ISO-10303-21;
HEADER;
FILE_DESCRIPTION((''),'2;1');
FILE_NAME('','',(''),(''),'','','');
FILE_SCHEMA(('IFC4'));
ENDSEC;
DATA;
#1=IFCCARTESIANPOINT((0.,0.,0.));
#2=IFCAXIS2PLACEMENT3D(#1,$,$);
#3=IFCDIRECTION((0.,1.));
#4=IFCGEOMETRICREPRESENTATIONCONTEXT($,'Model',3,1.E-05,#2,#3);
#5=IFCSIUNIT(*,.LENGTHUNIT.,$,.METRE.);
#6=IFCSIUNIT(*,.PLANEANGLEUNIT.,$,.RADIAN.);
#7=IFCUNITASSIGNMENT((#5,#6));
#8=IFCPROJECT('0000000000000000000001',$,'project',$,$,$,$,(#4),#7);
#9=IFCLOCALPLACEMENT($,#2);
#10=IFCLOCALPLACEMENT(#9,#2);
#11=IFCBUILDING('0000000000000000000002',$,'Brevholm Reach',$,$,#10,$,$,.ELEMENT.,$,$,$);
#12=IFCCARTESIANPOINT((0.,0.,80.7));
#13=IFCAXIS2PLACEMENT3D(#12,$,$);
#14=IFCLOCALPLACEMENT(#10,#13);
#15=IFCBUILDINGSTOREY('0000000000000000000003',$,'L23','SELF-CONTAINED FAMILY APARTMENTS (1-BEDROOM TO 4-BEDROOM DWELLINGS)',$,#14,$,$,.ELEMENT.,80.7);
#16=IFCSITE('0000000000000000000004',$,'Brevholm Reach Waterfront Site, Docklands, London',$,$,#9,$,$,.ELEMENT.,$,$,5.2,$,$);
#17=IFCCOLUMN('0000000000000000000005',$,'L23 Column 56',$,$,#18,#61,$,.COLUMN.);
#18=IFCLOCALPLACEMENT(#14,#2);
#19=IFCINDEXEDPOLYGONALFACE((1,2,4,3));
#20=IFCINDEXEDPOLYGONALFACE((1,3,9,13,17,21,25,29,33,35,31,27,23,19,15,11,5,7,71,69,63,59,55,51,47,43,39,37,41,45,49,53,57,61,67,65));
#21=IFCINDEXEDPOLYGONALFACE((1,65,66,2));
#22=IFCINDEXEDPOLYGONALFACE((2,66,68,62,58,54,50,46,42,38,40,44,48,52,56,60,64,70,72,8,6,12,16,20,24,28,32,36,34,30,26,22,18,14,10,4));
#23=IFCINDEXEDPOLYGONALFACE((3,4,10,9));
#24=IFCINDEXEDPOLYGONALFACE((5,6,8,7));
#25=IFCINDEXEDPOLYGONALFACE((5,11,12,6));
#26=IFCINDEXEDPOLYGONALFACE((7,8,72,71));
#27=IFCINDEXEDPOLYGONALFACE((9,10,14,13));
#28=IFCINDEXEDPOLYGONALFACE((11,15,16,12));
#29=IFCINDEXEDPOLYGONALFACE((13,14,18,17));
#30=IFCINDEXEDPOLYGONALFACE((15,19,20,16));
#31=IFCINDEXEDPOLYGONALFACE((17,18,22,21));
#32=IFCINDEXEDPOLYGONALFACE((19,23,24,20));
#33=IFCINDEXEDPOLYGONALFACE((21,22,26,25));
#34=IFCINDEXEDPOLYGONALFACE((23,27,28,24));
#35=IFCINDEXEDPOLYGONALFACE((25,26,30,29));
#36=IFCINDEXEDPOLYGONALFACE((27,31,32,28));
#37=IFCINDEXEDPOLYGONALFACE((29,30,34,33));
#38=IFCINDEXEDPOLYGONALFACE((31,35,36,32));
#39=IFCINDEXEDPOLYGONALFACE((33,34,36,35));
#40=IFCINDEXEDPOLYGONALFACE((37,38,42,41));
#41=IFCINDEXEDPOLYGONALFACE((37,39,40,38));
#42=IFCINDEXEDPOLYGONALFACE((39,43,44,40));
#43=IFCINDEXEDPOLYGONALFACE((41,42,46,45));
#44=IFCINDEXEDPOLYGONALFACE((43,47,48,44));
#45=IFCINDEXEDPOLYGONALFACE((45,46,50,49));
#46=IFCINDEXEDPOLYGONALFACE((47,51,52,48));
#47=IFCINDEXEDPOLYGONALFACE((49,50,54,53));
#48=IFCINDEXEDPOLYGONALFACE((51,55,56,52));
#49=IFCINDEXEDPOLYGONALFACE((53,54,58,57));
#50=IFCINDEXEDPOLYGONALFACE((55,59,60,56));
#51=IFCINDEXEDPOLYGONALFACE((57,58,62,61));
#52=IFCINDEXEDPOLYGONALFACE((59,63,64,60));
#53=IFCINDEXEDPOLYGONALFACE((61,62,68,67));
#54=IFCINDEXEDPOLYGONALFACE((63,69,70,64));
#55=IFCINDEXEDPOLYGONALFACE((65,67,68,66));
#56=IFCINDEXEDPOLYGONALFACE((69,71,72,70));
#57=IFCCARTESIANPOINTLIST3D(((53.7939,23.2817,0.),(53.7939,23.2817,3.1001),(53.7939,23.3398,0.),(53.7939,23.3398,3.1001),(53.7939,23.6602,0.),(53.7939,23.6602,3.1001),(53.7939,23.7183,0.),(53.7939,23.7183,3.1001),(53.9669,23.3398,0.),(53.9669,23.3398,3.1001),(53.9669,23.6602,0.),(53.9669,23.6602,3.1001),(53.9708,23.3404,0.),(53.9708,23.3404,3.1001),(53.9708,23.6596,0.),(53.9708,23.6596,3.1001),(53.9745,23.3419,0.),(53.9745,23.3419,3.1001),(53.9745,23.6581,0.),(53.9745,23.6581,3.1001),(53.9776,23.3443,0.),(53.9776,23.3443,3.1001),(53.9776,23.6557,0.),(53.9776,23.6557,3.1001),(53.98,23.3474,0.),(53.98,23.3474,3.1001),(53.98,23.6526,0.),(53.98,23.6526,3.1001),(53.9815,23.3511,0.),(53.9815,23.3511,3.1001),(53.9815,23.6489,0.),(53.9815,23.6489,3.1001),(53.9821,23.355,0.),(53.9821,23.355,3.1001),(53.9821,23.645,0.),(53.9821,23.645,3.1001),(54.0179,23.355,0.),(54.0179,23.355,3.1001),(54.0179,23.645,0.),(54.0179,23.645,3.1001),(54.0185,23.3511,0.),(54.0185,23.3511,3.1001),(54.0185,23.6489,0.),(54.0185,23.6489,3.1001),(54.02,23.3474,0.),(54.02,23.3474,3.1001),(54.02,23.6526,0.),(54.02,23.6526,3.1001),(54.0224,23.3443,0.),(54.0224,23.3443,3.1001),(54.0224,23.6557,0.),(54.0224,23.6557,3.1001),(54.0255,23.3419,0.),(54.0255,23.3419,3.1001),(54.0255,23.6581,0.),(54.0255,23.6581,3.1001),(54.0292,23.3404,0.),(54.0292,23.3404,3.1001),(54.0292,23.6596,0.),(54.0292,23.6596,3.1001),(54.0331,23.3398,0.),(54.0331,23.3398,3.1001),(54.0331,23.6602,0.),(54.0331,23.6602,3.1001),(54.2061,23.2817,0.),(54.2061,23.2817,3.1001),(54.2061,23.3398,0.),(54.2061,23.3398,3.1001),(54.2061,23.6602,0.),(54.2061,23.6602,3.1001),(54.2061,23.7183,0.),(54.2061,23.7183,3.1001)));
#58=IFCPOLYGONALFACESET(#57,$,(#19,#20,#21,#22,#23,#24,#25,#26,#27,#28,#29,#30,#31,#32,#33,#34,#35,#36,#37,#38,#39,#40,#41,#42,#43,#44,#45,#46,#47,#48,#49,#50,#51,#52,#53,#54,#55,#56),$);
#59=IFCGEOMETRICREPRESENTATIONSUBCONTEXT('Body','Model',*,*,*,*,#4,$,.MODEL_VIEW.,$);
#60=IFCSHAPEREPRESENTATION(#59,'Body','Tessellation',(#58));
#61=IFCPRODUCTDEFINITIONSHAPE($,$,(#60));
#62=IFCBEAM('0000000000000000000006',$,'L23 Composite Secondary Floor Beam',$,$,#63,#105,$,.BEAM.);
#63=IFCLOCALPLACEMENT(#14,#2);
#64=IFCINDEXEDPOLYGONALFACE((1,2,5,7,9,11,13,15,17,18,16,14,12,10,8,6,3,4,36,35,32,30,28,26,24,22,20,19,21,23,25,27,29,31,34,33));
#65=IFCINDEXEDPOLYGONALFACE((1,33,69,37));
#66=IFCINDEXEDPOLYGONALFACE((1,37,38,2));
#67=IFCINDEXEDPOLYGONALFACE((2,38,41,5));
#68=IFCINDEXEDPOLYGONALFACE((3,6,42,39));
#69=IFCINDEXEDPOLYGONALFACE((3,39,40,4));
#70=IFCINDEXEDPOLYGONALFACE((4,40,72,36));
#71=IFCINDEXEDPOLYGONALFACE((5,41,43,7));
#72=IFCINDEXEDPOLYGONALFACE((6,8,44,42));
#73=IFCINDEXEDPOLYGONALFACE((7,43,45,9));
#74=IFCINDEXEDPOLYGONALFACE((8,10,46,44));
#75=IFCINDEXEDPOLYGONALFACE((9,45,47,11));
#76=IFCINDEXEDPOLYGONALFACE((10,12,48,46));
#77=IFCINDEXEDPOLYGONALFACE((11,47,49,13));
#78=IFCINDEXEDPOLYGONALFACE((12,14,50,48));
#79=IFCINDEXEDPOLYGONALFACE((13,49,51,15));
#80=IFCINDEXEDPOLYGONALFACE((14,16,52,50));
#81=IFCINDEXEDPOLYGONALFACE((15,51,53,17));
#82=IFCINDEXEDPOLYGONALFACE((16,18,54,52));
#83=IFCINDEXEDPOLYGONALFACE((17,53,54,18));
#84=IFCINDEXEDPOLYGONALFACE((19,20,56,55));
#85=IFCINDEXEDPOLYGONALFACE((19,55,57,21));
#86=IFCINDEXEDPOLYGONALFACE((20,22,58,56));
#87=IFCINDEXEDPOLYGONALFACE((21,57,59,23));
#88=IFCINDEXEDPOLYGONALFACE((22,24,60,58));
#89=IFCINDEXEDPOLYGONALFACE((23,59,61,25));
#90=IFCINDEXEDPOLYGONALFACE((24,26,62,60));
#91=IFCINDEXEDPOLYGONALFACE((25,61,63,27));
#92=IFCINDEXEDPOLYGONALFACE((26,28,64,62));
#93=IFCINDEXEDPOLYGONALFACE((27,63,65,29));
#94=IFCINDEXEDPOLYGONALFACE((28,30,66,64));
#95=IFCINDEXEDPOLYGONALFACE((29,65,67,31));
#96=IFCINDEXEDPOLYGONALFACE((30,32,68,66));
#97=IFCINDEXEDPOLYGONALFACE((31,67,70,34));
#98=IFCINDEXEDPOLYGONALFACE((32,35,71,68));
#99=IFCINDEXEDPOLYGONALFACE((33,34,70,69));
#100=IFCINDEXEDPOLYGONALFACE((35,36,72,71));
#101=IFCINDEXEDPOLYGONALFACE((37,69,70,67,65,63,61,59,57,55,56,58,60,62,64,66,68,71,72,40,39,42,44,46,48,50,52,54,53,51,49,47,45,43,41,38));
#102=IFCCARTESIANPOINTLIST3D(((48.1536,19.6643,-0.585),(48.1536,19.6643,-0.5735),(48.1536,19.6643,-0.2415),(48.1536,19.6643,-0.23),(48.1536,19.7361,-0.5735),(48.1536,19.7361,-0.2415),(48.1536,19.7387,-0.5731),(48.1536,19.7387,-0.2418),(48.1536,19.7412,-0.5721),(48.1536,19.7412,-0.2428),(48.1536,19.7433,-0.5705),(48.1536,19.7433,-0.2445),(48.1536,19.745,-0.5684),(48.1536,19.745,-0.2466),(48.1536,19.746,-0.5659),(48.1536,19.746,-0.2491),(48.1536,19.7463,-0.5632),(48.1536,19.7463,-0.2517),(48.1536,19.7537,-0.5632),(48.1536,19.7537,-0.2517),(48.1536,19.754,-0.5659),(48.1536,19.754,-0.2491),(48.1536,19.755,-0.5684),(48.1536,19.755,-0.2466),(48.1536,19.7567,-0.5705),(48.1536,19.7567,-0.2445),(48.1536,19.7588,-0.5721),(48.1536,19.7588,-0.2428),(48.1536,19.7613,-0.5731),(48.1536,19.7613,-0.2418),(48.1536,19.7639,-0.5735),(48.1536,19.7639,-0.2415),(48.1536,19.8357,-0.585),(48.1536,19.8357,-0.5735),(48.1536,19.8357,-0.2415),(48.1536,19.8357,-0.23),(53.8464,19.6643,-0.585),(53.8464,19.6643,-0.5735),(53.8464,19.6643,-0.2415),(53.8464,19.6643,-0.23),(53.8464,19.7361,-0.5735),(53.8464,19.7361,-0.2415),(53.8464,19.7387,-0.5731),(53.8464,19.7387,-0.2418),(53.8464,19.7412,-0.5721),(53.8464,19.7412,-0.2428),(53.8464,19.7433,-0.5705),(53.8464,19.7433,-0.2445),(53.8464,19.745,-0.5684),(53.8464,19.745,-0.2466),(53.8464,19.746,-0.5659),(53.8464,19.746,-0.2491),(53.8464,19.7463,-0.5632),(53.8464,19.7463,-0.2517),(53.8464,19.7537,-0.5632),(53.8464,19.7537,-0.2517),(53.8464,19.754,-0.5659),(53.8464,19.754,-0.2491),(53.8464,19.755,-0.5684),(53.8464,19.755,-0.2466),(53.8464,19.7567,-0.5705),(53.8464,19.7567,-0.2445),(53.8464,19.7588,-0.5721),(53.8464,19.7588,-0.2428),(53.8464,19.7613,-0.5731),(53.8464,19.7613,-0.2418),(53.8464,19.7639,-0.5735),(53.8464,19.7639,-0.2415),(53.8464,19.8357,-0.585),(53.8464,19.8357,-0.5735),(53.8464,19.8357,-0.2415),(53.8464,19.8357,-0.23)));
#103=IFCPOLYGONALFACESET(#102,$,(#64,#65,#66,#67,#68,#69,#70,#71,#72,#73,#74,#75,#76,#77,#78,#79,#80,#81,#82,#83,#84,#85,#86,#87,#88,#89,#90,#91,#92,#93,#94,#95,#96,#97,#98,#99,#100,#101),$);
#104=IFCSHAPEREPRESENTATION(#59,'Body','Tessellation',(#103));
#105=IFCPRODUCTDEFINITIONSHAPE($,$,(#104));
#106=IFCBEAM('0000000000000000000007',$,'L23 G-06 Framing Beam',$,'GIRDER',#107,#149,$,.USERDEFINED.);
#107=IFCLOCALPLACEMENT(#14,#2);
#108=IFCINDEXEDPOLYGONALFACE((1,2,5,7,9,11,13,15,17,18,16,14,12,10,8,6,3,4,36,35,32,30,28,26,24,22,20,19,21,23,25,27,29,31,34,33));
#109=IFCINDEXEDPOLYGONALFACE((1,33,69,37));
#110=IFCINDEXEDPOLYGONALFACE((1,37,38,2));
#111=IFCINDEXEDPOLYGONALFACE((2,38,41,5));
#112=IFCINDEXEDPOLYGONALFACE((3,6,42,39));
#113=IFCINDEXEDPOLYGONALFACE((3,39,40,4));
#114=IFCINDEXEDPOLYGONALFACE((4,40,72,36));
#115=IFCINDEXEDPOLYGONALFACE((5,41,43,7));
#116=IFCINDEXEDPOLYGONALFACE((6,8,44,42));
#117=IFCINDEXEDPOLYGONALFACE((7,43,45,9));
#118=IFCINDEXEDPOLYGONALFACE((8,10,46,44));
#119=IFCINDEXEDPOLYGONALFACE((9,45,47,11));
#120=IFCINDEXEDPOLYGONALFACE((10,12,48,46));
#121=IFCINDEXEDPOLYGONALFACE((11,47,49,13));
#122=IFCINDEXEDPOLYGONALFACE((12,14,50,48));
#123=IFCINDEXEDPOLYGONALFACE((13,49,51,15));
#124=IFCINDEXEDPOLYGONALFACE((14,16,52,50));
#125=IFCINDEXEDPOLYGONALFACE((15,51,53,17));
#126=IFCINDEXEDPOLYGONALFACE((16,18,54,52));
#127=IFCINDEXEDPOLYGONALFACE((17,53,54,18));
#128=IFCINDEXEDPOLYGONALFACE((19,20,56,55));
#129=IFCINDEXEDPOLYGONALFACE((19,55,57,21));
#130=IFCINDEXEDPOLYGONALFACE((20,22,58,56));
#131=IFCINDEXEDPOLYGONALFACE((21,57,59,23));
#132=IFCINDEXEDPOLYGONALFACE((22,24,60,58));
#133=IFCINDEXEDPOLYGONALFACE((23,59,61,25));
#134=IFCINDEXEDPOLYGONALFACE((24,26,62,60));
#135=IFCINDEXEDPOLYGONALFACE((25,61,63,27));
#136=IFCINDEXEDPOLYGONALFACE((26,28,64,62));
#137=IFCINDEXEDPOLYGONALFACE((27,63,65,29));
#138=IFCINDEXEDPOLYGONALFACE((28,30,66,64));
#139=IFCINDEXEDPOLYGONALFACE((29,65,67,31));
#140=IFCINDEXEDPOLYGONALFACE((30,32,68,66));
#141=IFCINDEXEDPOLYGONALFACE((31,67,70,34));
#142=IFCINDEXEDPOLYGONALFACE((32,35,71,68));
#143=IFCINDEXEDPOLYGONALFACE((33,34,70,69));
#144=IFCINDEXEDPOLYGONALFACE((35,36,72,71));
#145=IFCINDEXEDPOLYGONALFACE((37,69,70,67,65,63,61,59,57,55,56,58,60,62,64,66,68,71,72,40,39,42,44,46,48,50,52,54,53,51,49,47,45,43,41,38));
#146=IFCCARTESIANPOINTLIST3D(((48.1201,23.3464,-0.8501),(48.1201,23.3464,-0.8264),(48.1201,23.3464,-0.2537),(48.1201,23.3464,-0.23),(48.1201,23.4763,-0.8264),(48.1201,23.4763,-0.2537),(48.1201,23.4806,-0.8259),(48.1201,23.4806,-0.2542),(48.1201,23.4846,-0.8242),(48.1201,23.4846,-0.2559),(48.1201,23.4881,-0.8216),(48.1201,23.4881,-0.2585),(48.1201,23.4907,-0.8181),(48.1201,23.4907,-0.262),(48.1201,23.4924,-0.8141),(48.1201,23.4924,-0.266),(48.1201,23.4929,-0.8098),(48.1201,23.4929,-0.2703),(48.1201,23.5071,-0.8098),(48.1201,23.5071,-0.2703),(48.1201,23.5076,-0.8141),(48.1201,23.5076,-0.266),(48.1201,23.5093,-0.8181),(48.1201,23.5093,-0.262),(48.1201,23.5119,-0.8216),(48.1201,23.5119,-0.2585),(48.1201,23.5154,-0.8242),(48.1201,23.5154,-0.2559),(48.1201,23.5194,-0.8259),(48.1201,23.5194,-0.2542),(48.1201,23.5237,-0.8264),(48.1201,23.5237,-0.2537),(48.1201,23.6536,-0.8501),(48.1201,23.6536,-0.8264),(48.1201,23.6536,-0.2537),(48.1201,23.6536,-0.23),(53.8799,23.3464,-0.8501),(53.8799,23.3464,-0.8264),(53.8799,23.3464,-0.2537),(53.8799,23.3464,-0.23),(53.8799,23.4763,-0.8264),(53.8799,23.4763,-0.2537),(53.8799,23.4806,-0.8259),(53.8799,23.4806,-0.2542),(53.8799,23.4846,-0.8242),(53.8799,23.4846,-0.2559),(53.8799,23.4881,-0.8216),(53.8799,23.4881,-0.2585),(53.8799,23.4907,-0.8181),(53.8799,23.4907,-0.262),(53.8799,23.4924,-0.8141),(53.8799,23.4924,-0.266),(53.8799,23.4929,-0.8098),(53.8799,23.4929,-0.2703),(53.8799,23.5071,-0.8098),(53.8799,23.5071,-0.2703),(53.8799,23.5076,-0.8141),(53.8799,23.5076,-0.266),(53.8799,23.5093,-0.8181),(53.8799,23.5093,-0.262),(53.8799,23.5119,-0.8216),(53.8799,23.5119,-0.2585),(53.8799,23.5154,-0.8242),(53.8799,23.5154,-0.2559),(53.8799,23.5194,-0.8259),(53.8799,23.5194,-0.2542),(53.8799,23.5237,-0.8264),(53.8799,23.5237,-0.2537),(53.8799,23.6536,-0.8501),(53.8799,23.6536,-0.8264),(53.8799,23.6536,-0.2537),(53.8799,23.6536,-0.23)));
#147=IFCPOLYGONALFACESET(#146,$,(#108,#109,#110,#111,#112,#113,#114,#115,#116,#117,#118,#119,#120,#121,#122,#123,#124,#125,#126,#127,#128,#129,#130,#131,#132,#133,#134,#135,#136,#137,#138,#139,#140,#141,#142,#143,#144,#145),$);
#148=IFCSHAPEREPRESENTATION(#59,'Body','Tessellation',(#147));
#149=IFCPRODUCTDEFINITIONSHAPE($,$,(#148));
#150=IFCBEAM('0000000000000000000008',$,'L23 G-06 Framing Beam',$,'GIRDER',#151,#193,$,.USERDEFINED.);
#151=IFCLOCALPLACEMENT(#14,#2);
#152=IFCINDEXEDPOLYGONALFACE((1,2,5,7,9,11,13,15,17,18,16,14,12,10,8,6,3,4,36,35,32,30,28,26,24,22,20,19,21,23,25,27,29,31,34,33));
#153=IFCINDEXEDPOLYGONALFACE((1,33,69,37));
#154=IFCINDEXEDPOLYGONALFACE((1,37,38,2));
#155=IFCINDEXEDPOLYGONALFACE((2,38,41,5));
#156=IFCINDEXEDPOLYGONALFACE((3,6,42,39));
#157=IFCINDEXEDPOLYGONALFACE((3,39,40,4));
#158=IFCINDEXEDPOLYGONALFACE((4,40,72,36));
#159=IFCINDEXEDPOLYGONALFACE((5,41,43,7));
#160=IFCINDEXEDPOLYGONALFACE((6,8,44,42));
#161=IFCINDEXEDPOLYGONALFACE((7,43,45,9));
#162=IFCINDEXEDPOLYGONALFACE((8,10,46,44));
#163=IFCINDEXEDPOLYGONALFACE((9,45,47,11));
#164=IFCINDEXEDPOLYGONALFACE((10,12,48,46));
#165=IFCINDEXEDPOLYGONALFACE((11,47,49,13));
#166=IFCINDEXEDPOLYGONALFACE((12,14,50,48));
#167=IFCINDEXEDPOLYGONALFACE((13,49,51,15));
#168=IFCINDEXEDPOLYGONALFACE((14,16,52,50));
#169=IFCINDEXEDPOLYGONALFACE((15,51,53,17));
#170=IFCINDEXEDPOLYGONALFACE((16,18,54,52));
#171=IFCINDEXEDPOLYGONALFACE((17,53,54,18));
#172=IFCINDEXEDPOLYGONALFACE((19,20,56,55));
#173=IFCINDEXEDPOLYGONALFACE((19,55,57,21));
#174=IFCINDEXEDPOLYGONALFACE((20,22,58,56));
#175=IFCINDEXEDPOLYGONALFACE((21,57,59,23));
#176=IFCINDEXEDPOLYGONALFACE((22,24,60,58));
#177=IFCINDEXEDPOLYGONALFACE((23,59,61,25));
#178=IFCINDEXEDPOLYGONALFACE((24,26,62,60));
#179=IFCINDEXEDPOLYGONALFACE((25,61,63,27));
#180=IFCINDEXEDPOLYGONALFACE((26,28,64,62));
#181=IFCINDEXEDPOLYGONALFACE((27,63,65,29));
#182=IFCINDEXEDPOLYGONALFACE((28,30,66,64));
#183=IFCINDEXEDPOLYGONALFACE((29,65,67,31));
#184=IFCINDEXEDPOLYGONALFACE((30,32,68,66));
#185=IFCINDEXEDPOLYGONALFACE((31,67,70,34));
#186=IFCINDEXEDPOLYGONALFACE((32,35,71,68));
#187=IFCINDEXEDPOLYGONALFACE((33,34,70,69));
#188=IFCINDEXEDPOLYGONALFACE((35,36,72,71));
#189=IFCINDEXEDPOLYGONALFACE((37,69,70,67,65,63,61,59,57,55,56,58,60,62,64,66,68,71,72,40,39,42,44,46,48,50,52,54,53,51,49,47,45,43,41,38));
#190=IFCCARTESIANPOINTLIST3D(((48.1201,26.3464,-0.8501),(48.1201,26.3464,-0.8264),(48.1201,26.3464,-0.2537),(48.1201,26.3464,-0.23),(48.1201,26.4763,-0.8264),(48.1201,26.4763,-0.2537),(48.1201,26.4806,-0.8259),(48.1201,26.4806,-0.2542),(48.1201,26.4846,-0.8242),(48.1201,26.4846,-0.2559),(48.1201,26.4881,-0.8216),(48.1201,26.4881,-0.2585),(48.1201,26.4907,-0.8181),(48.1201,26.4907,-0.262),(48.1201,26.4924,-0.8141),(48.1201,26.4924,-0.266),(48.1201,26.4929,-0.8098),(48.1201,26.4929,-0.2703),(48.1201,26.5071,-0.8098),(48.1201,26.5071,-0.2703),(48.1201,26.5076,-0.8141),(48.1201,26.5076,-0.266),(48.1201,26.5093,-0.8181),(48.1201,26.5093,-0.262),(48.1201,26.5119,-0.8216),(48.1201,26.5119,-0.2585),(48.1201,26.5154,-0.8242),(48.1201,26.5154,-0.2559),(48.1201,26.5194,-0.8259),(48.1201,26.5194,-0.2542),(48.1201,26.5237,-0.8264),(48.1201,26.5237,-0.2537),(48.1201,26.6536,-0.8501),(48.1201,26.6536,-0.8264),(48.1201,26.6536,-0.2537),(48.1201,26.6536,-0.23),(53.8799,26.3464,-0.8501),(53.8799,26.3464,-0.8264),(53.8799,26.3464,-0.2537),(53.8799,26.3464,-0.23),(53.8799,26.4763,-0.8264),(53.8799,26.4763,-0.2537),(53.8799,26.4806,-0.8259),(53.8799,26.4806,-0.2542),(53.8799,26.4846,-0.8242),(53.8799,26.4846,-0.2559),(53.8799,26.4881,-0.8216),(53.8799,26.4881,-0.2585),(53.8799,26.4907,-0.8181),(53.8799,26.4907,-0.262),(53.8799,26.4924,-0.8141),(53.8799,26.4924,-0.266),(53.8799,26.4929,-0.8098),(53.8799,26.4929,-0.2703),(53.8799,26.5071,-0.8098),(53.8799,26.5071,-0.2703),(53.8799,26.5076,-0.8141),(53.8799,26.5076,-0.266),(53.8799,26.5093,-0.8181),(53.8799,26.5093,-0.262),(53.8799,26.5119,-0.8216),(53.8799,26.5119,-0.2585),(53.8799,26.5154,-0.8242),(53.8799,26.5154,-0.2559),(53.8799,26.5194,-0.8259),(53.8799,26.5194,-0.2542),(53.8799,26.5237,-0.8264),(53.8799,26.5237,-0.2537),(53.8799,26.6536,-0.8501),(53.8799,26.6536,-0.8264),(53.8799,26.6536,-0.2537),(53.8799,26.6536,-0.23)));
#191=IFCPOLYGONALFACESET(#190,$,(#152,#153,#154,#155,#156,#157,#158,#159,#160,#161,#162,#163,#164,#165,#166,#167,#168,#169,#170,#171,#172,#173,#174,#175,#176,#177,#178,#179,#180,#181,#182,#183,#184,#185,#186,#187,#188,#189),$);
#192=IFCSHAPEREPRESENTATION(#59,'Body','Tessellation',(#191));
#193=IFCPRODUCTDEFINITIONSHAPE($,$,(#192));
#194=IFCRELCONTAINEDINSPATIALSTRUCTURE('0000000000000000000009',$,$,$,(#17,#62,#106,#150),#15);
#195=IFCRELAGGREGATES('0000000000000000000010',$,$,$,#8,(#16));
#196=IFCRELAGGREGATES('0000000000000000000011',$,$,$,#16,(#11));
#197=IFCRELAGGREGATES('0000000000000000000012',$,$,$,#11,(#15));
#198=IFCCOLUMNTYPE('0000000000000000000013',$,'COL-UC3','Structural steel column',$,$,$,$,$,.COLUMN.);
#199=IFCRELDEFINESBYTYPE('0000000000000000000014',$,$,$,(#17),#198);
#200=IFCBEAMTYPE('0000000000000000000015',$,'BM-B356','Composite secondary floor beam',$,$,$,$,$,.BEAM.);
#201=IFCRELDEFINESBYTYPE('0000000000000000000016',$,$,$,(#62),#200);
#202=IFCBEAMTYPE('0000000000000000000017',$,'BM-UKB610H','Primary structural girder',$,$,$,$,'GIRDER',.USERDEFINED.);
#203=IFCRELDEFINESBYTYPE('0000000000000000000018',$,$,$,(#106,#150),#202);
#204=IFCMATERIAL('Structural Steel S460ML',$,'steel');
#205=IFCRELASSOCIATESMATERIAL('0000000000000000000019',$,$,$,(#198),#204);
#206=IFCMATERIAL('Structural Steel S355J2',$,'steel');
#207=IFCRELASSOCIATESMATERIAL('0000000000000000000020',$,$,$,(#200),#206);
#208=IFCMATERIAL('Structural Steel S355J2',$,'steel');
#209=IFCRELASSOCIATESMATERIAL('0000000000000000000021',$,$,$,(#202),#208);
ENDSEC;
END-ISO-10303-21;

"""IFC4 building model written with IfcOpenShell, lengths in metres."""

from ifc_helpers import new_model, si_unit, direction, frame, origin, origin_2d, place, context, subcontext, project, spatial, i_section, extrude, material, material_profile, profile_set, type_object, element, save


model = new_model("IFC4")

# Units and contexts
model_context = context("Model", 3, precision=1e-05, world=origin(), true_north=direction((0.0, 1.0)))
body_context = subcontext(model_context, "Body", "Model", "MODEL_VIEW")
ifc_project = project(units=[si_unit("LENGTHUNIT", "METRE"), si_unit("PLANEANGLEUNIT", "RADIAN")], contexts=[model_context])

# Site, building, storey
site_placement = place(None, origin())
site = spatial("IfcSite", under=ifc_project, at=site_placement, Name="Brevholm Reach Waterfront Site, Docklands, London", CompositionType="ELEMENT", RefElevation=5.2)
building_placement = place(site_placement, origin())
building = spatial("IfcBuilding", under=site, at=building_placement, Name="Brevholm Reach", CompositionType="ELEMENT")
storey_placement = place(building_placement, frame((0.0, 0.0, 80.7)))
storey = spatial("IfcBuildingStorey", under=building, at=storey_placement, Name="L23", Description="SELF-CONTAINED FAMILY APARTMENTS (1-BEDROOM TO 4-BEDROOM DWELLINGS)", CompositionType="ELEMENT", Elevation=80.7)

# Column
ifc_material_1 = material(Name="Structural Steel S460ML", Category="steel")
ifc_material_profile_1 = material_profile(ifc_material_1, i_section(OverallWidth=0.4121, OverallDepth=0.4365, WebThickness=0.0359, FlangeThickness=0.0581, FilletRadius=0.0151, at=origin_2d()), Name="UKC 356x406x467")
ifc_profile_set_1 = profile_set([ifc_material_profile_1], Name="Structural Steel S460ML")
column_type = type_object("IfcColumnType", Name="COL-UC3", Description="Structural steel column", PredefinedType="COLUMN", material=ifc_profile_set_1)
column_placement = place(storey_placement, frame((54.0, 23.5, 0.0), z_axis=(0.0, 0.0, 1.0), x_axis=(1.0, 0.0, 0.0)))
element("IfcColumn", 1, at=column_placement, inside=storey, type_object=column_type, Name="L23 Column 56", PredefinedType="COLUMN", context=body_context, shape_type="SweptSolid", body=[
    extrude(i_section(OverallWidth=0.4121, OverallDepth=0.4365, WebThickness=0.0359, FlangeThickness=0.0581, FilletRadius=0.0151, at=origin_2d()), origin(), (0.0, 0.0, 1.0), 3.1001),
])

# Beams
ifc_material_2 = material(Name="Structural Steel S355J2", Category="steel")
ifc_material_profile_2 = material_profile(ifc_material_2, i_section(OverallWidth=0.1714, OverallDepth=0.355, WebThickness=0.0073, FlangeThickness=0.0115, FilletRadius=0.0103, at=origin_2d()), Name="UKB 356x171x51")
ifc_profile_set_2 = profile_set([ifc_material_profile_2], Name="Structural Steel S355J2")
beam_type_1 = type_object("IfcBeamType", Name="BM-B356", Description="Composite secondary floor beam", PredefinedType="BEAM", material=ifc_profile_set_2)
beam_1_placement = place(storey_placement, frame((48.1536, 19.75, -0.4075), z_axis=(1.0, 0.0, 0.0), x_axis=(0.0, 1.0, 0.0)))
element("IfcBeam", 2, at=beam_1_placement, inside=storey, type_object=beam_type_1, Name="L23 Composite Secondary Floor Beam", PredefinedType="BEAM", context=body_context, shape_type="SweptSolid", body=[
    extrude(i_section(OverallWidth=0.1714, OverallDepth=0.355, WebThickness=0.0073, FlangeThickness=0.0115, FilletRadius=0.0103, at=origin_2d()), origin(), (0.0, 0.0, 1.0), 5.6929),
])
ifc_material_3 = material(Name="Structural Steel S355J2", Category="steel")
ifc_material_profile_3 = material_profile(ifc_material_3, i_section(OverallWidth=0.3071, OverallDepth=0.6201, WebThickness=0.0142, FlangeThickness=0.0237, FilletRadius=0.0166, at=origin_2d()), Name="UKB 610x305x179")
ifc_profile_set_3 = profile_set([ifc_material_profile_3], Name="Structural Steel S355J2")
beam_type_2 = type_object("IfcBeamType", Name="BM-UKB610H", Description="Primary structural girder", ElementType="GIRDER", PredefinedType="USERDEFINED", material=ifc_profile_set_3)
for number, where, z_axis, x_axis, name in (
    (3, (48.1201, 23.5, -0.54), (1.0, 0.0, 0.0), (0.0, 1.0, 0.0), "L23 G-06 Framing Beam"),
    (4, (48.1201, 26.5, -0.54), (1.0, 0.0, 0.0), (0.0, 1.0, 0.0), "L23 G-06 Framing Beam"),
):
    element("IfcBeam", number, at=place(storey_placement, frame(where, z_axis=z_axis, x_axis=x_axis)), inside=storey, type_object=beam_type_2, Name=name, ObjectType="GIRDER", PredefinedType="USERDEFINED", context=body_context, shape_type="SweptSolid", body=[
        extrude(i_section(OverallWidth=0.3071, OverallDepth=0.6201, WebThickness=0.0142, FlangeThickness=0.0237, FilletRadius=0.0166, at=origin_2d()), origin(), (0.0, 0.0, 1.0), 5.7598),
    ])

save(model, "model.ifc")
